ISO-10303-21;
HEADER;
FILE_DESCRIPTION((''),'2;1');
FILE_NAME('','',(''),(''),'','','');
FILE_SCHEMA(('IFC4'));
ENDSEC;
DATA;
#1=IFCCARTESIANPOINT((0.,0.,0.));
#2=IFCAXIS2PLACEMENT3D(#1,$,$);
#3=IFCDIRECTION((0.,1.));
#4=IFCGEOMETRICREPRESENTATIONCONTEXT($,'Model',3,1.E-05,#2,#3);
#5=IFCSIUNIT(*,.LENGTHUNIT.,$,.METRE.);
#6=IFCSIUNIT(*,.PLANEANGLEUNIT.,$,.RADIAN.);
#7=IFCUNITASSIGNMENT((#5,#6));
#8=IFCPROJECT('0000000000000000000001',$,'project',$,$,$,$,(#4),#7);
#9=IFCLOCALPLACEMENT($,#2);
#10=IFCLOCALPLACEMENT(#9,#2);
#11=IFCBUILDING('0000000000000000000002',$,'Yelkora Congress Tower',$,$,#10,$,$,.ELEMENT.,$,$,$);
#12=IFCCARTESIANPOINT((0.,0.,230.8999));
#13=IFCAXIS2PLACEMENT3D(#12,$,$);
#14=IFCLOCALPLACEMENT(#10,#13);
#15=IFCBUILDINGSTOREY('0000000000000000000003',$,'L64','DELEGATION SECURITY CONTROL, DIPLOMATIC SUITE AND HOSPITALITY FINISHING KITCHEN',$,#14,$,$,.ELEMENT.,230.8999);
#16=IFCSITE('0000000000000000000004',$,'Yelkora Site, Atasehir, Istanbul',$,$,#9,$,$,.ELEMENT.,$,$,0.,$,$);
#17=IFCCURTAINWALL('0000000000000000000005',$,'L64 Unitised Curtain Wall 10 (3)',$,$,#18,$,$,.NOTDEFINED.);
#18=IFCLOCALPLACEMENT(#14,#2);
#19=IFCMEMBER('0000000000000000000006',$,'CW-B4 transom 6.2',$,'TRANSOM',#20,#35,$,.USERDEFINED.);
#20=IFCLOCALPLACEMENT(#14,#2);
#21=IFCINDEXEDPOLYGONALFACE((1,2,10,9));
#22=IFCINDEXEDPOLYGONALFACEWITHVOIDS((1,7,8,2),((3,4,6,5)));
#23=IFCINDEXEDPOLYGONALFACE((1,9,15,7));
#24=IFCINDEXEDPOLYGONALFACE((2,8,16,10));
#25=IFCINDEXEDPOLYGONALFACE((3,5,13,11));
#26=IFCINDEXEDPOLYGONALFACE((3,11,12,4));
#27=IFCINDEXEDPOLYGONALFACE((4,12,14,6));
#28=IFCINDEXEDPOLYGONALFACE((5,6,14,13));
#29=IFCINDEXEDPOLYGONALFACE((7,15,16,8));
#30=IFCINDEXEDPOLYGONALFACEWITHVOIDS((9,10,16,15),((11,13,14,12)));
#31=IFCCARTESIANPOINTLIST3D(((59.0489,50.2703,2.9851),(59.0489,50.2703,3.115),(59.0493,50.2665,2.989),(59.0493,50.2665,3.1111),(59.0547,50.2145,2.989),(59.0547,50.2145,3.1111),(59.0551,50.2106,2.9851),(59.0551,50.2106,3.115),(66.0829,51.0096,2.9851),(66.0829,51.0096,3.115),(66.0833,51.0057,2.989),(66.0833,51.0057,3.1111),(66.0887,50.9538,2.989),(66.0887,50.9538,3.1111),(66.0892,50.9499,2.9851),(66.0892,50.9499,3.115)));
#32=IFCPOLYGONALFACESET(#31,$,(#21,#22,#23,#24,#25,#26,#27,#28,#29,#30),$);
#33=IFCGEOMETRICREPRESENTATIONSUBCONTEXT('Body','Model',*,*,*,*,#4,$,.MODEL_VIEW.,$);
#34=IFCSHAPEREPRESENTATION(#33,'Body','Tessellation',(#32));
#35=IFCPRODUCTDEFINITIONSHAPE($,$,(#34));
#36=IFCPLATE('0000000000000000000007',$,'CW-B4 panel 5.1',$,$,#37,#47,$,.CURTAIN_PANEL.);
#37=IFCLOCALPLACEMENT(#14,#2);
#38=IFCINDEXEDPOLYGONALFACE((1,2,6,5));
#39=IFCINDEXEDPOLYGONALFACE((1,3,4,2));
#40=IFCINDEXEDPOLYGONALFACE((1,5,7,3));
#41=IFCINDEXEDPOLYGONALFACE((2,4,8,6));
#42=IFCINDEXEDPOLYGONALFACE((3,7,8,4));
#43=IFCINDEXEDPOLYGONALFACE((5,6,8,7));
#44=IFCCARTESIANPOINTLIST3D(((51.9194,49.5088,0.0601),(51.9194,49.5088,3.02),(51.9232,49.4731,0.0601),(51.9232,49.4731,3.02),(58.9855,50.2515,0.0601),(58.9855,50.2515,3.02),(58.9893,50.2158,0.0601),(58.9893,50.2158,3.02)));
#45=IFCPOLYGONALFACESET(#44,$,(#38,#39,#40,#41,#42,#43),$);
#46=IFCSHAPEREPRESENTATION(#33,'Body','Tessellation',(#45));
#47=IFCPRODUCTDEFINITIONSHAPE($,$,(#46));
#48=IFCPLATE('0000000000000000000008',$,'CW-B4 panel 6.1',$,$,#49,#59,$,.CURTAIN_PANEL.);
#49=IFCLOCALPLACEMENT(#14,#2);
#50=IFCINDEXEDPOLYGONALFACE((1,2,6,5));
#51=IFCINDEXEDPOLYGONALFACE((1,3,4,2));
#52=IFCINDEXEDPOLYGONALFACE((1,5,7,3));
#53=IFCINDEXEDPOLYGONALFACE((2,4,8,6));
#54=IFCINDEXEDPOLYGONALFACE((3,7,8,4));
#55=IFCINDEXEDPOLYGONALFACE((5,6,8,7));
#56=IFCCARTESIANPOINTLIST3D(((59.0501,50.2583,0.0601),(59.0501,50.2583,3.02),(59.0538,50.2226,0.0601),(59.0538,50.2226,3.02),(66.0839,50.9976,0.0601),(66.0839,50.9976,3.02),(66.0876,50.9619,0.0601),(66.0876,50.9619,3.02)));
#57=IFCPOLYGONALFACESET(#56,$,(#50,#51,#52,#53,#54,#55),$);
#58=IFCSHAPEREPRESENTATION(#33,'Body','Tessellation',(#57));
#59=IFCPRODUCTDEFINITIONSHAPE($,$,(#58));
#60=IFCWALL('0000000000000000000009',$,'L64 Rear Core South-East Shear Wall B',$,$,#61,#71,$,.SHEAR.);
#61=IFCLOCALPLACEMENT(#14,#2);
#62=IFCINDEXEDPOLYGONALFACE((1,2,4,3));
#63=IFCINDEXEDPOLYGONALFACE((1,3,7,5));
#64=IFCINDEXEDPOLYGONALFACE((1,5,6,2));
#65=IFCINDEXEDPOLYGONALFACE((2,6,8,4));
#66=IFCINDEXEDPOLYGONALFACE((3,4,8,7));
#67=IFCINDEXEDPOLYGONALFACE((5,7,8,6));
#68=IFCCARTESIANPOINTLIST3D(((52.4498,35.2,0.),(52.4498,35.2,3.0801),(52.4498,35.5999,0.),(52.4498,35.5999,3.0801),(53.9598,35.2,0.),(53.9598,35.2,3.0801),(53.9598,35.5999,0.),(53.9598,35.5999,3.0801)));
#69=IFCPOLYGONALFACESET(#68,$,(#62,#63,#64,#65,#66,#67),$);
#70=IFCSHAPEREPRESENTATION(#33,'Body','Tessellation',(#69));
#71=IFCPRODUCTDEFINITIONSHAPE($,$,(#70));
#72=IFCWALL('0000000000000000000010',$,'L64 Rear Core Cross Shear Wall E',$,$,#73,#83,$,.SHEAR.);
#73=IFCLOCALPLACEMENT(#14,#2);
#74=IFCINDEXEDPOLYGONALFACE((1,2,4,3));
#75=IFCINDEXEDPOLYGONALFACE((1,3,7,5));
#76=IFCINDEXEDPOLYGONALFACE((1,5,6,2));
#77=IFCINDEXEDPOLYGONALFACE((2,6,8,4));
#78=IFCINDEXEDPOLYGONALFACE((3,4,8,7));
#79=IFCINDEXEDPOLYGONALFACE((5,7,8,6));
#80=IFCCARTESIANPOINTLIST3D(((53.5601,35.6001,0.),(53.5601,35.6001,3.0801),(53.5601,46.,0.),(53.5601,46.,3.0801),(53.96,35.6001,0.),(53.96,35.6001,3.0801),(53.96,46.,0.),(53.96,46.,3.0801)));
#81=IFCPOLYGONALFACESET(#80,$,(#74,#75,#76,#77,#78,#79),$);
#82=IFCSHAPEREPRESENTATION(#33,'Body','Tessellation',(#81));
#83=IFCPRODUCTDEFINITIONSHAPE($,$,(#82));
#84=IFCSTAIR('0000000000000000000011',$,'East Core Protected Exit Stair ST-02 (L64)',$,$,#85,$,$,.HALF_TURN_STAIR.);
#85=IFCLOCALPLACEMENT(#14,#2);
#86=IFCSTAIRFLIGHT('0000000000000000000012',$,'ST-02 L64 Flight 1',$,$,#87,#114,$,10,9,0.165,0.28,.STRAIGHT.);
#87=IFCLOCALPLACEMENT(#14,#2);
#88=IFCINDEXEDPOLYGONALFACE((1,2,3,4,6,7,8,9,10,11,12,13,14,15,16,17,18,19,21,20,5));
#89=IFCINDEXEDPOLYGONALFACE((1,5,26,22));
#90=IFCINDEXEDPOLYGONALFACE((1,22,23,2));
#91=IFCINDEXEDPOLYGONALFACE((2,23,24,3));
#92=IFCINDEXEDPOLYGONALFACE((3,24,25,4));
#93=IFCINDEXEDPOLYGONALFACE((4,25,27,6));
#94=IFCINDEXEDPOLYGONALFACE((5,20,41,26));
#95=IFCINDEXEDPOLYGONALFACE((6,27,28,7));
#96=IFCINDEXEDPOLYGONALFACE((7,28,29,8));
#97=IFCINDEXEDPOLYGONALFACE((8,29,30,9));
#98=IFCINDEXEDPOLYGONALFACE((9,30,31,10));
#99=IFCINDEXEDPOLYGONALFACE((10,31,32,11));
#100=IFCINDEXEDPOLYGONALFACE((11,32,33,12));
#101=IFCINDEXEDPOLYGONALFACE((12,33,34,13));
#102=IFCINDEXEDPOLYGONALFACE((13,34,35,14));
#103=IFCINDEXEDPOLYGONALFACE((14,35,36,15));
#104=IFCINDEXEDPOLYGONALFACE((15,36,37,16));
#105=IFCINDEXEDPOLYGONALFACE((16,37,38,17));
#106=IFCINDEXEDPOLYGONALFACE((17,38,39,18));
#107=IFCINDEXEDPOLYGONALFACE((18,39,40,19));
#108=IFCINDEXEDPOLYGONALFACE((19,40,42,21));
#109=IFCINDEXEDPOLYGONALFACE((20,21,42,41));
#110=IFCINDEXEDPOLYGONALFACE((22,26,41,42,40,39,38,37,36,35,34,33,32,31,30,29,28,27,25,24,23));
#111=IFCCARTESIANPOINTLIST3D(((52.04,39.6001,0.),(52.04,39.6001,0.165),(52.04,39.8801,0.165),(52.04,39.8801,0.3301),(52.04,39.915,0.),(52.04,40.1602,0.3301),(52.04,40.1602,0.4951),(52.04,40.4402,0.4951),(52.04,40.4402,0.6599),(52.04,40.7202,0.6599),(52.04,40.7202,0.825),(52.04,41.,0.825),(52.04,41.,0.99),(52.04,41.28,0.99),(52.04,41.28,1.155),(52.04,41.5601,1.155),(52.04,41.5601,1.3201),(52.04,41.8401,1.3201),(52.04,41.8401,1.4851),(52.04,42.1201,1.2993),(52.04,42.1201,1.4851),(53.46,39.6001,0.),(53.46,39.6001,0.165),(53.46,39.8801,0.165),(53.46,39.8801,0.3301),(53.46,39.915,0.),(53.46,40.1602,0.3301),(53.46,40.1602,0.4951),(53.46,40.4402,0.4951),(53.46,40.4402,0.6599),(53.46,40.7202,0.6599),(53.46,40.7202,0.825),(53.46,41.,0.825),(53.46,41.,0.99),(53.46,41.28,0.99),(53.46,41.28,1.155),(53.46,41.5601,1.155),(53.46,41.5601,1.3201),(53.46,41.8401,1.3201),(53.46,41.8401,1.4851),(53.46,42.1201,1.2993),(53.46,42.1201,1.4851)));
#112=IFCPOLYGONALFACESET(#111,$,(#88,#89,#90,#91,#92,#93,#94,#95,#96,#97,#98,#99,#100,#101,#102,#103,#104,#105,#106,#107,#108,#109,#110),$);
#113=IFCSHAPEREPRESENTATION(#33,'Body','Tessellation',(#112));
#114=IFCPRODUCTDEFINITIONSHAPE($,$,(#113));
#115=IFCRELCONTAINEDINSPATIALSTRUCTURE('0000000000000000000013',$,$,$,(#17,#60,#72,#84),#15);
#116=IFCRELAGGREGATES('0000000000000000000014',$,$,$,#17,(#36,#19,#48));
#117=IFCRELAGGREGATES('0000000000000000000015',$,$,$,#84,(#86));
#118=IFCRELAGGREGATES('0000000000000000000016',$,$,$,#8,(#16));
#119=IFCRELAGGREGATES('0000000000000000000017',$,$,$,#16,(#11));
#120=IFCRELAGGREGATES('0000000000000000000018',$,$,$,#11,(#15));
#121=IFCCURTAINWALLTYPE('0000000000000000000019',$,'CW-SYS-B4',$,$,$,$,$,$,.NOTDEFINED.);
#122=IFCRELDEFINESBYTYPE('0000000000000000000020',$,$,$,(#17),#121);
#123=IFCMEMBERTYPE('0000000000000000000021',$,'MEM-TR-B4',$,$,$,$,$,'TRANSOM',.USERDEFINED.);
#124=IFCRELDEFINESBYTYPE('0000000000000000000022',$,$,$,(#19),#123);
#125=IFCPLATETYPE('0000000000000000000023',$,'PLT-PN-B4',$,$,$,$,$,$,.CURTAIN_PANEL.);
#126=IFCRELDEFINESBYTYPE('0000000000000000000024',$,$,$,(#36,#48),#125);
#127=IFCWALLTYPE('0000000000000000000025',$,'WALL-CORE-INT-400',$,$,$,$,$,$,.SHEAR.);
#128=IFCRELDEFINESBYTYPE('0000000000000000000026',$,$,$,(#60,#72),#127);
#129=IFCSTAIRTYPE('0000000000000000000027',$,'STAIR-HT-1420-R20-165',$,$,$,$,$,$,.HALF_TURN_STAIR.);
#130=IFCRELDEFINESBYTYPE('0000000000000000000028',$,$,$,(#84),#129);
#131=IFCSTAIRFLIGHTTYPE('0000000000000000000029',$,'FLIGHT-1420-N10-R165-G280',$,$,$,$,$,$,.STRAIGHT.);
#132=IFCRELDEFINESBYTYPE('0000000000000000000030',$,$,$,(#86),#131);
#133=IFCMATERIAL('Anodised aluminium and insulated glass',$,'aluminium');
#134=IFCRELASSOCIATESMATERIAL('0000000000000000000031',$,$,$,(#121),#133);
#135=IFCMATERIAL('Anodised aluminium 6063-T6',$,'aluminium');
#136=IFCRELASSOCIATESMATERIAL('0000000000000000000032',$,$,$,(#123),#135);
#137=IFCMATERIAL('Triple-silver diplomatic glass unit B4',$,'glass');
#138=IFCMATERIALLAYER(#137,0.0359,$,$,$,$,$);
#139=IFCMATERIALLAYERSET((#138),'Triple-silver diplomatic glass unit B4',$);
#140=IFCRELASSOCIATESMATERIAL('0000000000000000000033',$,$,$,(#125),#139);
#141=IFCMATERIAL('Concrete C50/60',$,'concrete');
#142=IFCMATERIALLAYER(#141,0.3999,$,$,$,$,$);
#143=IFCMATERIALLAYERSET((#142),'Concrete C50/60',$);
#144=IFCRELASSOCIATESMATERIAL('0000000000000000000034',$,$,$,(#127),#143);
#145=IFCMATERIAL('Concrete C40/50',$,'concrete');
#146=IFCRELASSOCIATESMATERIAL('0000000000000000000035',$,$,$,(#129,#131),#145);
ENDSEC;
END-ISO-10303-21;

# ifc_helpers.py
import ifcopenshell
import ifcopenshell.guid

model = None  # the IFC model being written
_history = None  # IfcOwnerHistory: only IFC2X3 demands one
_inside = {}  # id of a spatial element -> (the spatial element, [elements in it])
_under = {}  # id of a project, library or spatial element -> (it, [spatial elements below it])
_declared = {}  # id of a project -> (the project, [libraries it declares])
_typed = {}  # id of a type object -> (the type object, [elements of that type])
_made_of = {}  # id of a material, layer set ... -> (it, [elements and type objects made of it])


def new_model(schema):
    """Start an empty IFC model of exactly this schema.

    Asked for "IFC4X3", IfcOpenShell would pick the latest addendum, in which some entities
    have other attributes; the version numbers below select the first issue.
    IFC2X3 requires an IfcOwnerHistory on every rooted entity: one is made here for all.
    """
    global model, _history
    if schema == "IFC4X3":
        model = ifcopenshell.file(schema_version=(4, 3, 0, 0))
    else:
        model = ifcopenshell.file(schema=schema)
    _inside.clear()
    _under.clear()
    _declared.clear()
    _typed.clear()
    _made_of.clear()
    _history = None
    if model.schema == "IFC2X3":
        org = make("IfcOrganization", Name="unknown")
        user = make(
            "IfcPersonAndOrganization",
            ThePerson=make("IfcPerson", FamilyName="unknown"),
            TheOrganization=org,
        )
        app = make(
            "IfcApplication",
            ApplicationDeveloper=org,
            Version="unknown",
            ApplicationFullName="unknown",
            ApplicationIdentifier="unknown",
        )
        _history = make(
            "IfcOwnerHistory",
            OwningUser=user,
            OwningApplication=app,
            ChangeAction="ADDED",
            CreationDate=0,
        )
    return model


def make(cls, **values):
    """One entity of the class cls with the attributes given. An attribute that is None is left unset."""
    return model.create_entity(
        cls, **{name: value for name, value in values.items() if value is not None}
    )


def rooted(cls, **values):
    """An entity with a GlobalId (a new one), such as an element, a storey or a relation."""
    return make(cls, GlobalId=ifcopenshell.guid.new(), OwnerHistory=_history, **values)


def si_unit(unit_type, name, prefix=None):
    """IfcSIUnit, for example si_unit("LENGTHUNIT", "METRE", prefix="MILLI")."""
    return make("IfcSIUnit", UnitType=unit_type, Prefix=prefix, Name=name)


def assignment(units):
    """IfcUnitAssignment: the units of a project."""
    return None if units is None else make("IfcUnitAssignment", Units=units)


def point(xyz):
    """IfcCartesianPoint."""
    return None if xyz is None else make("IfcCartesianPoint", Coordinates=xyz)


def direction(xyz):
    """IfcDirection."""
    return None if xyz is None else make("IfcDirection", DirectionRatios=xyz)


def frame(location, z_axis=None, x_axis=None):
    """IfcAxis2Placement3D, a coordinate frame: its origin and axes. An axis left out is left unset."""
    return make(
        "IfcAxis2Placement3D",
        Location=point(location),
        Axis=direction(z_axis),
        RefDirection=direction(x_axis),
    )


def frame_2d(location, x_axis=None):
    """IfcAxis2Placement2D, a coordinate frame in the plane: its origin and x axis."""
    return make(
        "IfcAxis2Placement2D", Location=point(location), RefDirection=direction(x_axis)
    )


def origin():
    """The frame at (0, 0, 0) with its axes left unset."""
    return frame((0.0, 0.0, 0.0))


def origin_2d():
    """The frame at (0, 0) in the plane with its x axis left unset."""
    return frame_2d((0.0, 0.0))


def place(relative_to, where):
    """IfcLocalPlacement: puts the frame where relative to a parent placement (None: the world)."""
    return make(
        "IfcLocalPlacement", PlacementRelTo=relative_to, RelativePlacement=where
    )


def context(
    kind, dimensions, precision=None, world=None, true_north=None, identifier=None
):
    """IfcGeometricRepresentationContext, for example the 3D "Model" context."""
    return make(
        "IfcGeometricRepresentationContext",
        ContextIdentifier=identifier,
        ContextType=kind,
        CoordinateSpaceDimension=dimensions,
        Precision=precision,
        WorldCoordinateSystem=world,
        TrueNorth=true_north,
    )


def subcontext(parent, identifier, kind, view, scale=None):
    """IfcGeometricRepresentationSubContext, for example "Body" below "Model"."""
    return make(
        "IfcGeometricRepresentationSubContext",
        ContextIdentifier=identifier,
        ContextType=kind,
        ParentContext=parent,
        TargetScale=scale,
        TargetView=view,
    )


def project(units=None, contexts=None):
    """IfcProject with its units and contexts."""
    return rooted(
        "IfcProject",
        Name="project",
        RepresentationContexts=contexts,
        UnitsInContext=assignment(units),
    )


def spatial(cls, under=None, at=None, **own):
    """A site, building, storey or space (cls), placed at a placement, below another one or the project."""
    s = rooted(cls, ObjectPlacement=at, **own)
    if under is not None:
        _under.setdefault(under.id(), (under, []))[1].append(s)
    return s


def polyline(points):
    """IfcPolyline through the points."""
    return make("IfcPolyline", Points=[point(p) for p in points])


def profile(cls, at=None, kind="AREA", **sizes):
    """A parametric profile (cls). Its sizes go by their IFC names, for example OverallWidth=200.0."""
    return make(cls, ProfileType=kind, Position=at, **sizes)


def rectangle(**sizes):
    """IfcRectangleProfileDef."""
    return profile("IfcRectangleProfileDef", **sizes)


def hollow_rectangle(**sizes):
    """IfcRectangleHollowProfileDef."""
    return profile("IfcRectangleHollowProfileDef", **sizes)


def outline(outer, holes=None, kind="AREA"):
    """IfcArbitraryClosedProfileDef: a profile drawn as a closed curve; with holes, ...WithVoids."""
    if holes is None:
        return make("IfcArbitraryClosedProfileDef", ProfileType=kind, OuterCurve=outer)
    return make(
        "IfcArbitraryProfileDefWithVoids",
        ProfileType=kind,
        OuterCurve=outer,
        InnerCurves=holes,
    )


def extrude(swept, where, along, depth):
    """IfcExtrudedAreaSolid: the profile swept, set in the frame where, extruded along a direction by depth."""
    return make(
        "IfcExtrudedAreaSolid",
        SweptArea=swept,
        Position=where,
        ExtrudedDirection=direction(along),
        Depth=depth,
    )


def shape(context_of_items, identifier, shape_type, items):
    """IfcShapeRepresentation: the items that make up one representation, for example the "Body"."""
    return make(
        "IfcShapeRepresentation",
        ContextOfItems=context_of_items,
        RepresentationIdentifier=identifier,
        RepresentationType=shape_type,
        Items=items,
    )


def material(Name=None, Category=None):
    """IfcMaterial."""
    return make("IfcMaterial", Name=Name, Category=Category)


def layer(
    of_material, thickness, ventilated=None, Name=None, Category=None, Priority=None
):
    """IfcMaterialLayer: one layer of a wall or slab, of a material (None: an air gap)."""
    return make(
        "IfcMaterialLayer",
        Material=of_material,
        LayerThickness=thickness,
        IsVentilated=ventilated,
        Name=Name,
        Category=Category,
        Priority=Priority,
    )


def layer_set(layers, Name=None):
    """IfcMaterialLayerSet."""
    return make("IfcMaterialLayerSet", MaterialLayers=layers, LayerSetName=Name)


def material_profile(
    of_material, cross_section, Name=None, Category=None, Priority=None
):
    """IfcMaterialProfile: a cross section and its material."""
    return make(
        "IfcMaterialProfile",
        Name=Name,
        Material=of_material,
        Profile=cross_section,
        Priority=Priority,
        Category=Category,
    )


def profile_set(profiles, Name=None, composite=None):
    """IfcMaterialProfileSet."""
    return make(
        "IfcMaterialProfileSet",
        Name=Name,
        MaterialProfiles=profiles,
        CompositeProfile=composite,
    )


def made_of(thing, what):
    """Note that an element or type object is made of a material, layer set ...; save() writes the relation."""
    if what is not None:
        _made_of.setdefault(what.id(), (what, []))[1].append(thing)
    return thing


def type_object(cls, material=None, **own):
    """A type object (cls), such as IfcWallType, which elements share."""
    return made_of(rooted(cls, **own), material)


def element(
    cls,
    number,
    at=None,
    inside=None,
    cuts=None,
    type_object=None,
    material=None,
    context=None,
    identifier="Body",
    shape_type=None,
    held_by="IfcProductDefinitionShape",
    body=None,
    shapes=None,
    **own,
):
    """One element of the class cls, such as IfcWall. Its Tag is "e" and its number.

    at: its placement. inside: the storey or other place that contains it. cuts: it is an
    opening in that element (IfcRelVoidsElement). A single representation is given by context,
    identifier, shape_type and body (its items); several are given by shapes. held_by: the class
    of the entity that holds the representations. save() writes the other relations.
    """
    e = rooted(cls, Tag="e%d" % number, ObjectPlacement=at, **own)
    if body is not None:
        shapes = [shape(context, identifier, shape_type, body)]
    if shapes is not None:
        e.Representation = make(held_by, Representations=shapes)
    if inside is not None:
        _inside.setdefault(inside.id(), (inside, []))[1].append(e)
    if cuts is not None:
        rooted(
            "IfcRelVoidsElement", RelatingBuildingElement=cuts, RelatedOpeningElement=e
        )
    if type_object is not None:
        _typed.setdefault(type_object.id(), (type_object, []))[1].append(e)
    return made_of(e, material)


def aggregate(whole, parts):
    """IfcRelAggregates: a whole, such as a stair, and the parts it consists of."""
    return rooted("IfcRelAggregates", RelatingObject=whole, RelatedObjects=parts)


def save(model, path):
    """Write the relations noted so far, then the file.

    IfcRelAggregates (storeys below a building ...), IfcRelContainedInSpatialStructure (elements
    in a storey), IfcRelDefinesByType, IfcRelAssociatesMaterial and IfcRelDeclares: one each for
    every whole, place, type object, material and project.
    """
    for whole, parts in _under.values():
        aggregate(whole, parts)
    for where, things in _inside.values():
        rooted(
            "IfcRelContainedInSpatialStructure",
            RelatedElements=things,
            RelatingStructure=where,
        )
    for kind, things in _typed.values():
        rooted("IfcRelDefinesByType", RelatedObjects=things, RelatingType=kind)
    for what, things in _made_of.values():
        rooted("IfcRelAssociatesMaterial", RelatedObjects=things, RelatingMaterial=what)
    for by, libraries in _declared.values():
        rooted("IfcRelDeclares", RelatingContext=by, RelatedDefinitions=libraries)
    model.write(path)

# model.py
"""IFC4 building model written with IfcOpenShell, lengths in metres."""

from ifc_helpers import new_model, si_unit, direction, frame, frame_2d, origin, origin_2d, place, context, subcontext, project, spatial, polyline, rectangle, hollow_rectangle, outline, extrude, material, layer, layer_set, material_profile, profile_set, type_object, element, aggregate, save


model = new_model("IFC4")

# Units and contexts
model_context = context("Model", 3, precision=1e-05, world=origin(), true_north=direction((0.0, 1.0)))
body_context = subcontext(model_context, "Body", "Model", "MODEL_VIEW")
ifc_project = project(units=[si_unit("LENGTHUNIT", "METRE"), si_unit("PLANEANGLEUNIT", "RADIAN")], contexts=[model_context])

# Site, building, storey
site_placement = place(None, origin())
site = spatial("IfcSite", under=ifc_project, at=site_placement, Name="Yelkora Site, Atasehir, Istanbul", CompositionType="ELEMENT", RefElevation=0.0)
building_placement = place(site_placement, origin())
building = spatial("IfcBuilding", under=site, at=building_placement, Name="Yelkora Congress Tower", CompositionType="ELEMENT")
storey_placement = place(building_placement, frame((0.0, 0.0, 230.8999)))
storey = spatial("IfcBuildingStorey", under=building, at=storey_placement, Name="L64", Description="DELEGATION SECURITY CONTROL, DIPLOMATIC SUITE AND HOSPITALITY FINISHING KITCHEN", CompositionType="ELEMENT", Elevation=230.8999)

# Curtain wall, member, plates
ifc_material_1 = material(Name="Anodised aluminium and insulated glass", Category="aluminium")
curtain_wall_type = type_object("IfcCurtainWallType", Name="CW-SYS-B4", PredefinedType="NOTDEFINED", material=ifc_material_1)
curtain_wall_placement = place(storey_placement, origin())
curtain_wall = element("IfcCurtainWall", 1, at=curtain_wall_placement, inside=storey, type_object=curtain_wall_type, Name="L64 Unitised Curtain Wall 10 (3)", PredefinedType="NOTDEFINED")
ifc_material_2 = material(Name="Anodised aluminium 6063-T6", Category="aluminium")
ifc_material_profile_1 = material_profile(ifc_material_2, hollow_rectangle(XDim=0.0601, YDim=0.1299, WallThickness=0.0039, at=origin_2d()), Name="ALU 60x130x4")
ifc_profile_set_1 = profile_set([ifc_material_profile_1], Name="Anodised aluminium 6063-T6")
member_type_1 = type_object("IfcMemberType", Name="MEM-TR-B4", ElementType="TRANSOM", PredefinedType="USERDEFINED", material=ifc_profile_set_1)
member_1_placement = place(storey_placement, frame((59.052, 50.2405, 3.05), z_axis=(0.994522, 0.104523, 0.0), x_axis=(-0.104523, 0.994522, 0.0)))
member_1 = element("IfcMember", 2, at=member_1_placement, type_object=member_type_1, Name="CW-B4 transom 6.2", ObjectType="TRANSOM", PredefinedType="USERDEFINED", context=body_context, shape_type="SweptSolid", body=[
    extrude(hollow_rectangle(XDim=0.0601, YDim=0.1299, WallThickness=0.0039, at=origin_2d()), origin(), (0.0, 0.0, 1.0), 7.0728),
])
ifc_material_3 = material(Name="Triple-silver diplomatic glass unit B4", Category="glass")
ifc_layer_1 = layer(ifc_material_3, 0.0359)
ifc_layer_set_1 = layer_set([ifc_layer_1], Name="Triple-silver diplomatic glass unit B4")
plate_type = type_object("IfcPlateType", Name="PLT-PN-B4", PredefinedType="CURTAIN_PANEL", material=ifc_layer_set_1)
plate_1_placement = place(storey_placement, frame((55.4543, 49.8623, 0.0601), z_axis=(0.0, 0.0, 1.0), x_axis=(0.994522, 0.104528, 0.0)))
plate_1 = element("IfcPlate", 3, at=plate_1_placement, type_object=plate_type, Name="CW-B4 panel 5.1", PredefinedType="CURTAIN_PANEL", context=body_context, shape_type="SweptSolid", body=[
    extrude(rectangle(XDim=7.105, YDim=0.0359, at=origin_2d()), origin(), (0.0, 0.0, 1.0), 2.96),
])
plate_2_placement = place(storey_placement, frame((62.5688, 50.6101, 0.0601), z_axis=(0.0, 0.0, 1.0), x_axis=(0.994522, 0.104528, 0.0)))
plate_2 = element("IfcPlate", 4, at=plate_2_placement, type_object=plate_type, Name="CW-B4 panel 6.1", PredefinedType="CURTAIN_PANEL", context=body_context, shape_type="SweptSolid", body=[
    extrude(rectangle(XDim=7.0725, YDim=0.0359, at=origin_2d()), origin(), (0.0, 0.0, 1.0), 2.96),
])
aggregate(curtain_wall, [plate_1, member_1, plate_2])

# Walls
ifc_material_4 = material(Name="Concrete C50/60", Category="concrete")
ifc_layer_2 = layer(ifc_material_4, 0.3999)
ifc_layer_set_2 = layer_set([ifc_layer_2], Name="Concrete C50/60")
wall_type = type_object("IfcWallType", Name="WALL-CORE-INT-400", PredefinedType="SHEAR", material=ifc_layer_set_2)
wall_1_placement = place(storey_placement, frame((52.45, 35.3999, 0.0), z_axis=(0.0, 0.0, 1.0), x_axis=(1.0, 0.0, 0.0)))
element("IfcWall", 5, at=wall_1_placement, inside=storey, type_object=wall_type, Name="L64 Rear Core South-East Shear Wall B", PredefinedType="SHEAR", context=body_context, shape_type="SweptSolid", body=[
    extrude(rectangle(XDim=1.51, YDim=0.3999, at=frame_2d((0.7549, 0.0))), origin(), (0.0, 0.0, 1.0), 3.0801),
])
wall_2_placement = place(storey_placement, frame((53.76, 35.6001, 0.0), z_axis=(0.0, 0.0, 1.0), x_axis=(0.0, 1.0, 0.0)))
element("IfcWall", 6, at=wall_2_placement, inside=storey, type_object=wall_type, Name="L64 Rear Core Cross Shear Wall E", PredefinedType="SHEAR", context=body_context, shape_type="SweptSolid", body=[
    extrude(rectangle(XDim=10.3999, YDim=0.3999, at=frame_2d((5.2, 0.0))), origin(), (0.0, 0.0, 1.0), 3.0801),
])

# Stair, stair flight
ifc_material_5 = material(Name="Concrete C40/50", Category="concrete")
stair_type = type_object("IfcStairType", Name="STAIR-HT-1420-R20-165", PredefinedType="HALF_TURN_STAIR", material=ifc_material_5)
stair_placement = place(storey_placement, origin())
stair = element("IfcStair", 7, at=stair_placement, inside=storey, type_object=stair_type, Name="East Core Protected Exit Stair ST-02 (L64)", PredefinedType="HALF_TURN_STAIR")
stair_flight_type = type_object("IfcStairFlightType", Name="FLIGHT-1420-N10-R165-G280", PredefinedType="STRAIGHT", material=ifc_material_5)
stair_flight_placement = place(storey_placement, frame((52.75, 39.6001, 0.0), z_axis=(0.0, 0.0, 1.0), x_axis=(0.0, 1.0, 0.0)))
stair_flight = element("IfcStairFlight", 8, at=stair_flight_placement, type_object=stair_flight_type, Name="ST-02 L64 Flight 1", NumberOfRisers=10, NumberOfTreads=9, PredefinedType="STRAIGHT", RiserHeight=0.165, TreadLength=0.28, context=body_context, shape_type="SweptSolid", body=[
    extrude(outline(polyline([(0.0, 0.0), (0.0, 0.165), (0.28, 0.165), (0.28, 0.3301), (0.5601, 0.3301), (0.5601, 0.4951), (0.8401, 0.4951), (0.8401, 0.6599), (1.1201, 0.6599), (1.1201, 0.825), (1.3999, 0.825), (1.3999, 0.99), (1.6799, 0.99), (1.6799, 1.155), (1.96, 1.155), (1.96, 1.3201), (2.24, 1.3201), (2.24, 1.4851), (2.52, 1.4851), (2.52, 1.6499), (2.52, 1.2993), (0.3149, 0.0), (0.0, 0.0)])), frame((0.0, 0.71, 0.0), z_axis=(0.0, -1.0, 0.0), x_axis=(1.0, 0.0, 0.0)), (0.0, 0.0, 1.0), 1.4199),
])
aggregate(stair, [stair_flight])

save(model, "model.ifc")
